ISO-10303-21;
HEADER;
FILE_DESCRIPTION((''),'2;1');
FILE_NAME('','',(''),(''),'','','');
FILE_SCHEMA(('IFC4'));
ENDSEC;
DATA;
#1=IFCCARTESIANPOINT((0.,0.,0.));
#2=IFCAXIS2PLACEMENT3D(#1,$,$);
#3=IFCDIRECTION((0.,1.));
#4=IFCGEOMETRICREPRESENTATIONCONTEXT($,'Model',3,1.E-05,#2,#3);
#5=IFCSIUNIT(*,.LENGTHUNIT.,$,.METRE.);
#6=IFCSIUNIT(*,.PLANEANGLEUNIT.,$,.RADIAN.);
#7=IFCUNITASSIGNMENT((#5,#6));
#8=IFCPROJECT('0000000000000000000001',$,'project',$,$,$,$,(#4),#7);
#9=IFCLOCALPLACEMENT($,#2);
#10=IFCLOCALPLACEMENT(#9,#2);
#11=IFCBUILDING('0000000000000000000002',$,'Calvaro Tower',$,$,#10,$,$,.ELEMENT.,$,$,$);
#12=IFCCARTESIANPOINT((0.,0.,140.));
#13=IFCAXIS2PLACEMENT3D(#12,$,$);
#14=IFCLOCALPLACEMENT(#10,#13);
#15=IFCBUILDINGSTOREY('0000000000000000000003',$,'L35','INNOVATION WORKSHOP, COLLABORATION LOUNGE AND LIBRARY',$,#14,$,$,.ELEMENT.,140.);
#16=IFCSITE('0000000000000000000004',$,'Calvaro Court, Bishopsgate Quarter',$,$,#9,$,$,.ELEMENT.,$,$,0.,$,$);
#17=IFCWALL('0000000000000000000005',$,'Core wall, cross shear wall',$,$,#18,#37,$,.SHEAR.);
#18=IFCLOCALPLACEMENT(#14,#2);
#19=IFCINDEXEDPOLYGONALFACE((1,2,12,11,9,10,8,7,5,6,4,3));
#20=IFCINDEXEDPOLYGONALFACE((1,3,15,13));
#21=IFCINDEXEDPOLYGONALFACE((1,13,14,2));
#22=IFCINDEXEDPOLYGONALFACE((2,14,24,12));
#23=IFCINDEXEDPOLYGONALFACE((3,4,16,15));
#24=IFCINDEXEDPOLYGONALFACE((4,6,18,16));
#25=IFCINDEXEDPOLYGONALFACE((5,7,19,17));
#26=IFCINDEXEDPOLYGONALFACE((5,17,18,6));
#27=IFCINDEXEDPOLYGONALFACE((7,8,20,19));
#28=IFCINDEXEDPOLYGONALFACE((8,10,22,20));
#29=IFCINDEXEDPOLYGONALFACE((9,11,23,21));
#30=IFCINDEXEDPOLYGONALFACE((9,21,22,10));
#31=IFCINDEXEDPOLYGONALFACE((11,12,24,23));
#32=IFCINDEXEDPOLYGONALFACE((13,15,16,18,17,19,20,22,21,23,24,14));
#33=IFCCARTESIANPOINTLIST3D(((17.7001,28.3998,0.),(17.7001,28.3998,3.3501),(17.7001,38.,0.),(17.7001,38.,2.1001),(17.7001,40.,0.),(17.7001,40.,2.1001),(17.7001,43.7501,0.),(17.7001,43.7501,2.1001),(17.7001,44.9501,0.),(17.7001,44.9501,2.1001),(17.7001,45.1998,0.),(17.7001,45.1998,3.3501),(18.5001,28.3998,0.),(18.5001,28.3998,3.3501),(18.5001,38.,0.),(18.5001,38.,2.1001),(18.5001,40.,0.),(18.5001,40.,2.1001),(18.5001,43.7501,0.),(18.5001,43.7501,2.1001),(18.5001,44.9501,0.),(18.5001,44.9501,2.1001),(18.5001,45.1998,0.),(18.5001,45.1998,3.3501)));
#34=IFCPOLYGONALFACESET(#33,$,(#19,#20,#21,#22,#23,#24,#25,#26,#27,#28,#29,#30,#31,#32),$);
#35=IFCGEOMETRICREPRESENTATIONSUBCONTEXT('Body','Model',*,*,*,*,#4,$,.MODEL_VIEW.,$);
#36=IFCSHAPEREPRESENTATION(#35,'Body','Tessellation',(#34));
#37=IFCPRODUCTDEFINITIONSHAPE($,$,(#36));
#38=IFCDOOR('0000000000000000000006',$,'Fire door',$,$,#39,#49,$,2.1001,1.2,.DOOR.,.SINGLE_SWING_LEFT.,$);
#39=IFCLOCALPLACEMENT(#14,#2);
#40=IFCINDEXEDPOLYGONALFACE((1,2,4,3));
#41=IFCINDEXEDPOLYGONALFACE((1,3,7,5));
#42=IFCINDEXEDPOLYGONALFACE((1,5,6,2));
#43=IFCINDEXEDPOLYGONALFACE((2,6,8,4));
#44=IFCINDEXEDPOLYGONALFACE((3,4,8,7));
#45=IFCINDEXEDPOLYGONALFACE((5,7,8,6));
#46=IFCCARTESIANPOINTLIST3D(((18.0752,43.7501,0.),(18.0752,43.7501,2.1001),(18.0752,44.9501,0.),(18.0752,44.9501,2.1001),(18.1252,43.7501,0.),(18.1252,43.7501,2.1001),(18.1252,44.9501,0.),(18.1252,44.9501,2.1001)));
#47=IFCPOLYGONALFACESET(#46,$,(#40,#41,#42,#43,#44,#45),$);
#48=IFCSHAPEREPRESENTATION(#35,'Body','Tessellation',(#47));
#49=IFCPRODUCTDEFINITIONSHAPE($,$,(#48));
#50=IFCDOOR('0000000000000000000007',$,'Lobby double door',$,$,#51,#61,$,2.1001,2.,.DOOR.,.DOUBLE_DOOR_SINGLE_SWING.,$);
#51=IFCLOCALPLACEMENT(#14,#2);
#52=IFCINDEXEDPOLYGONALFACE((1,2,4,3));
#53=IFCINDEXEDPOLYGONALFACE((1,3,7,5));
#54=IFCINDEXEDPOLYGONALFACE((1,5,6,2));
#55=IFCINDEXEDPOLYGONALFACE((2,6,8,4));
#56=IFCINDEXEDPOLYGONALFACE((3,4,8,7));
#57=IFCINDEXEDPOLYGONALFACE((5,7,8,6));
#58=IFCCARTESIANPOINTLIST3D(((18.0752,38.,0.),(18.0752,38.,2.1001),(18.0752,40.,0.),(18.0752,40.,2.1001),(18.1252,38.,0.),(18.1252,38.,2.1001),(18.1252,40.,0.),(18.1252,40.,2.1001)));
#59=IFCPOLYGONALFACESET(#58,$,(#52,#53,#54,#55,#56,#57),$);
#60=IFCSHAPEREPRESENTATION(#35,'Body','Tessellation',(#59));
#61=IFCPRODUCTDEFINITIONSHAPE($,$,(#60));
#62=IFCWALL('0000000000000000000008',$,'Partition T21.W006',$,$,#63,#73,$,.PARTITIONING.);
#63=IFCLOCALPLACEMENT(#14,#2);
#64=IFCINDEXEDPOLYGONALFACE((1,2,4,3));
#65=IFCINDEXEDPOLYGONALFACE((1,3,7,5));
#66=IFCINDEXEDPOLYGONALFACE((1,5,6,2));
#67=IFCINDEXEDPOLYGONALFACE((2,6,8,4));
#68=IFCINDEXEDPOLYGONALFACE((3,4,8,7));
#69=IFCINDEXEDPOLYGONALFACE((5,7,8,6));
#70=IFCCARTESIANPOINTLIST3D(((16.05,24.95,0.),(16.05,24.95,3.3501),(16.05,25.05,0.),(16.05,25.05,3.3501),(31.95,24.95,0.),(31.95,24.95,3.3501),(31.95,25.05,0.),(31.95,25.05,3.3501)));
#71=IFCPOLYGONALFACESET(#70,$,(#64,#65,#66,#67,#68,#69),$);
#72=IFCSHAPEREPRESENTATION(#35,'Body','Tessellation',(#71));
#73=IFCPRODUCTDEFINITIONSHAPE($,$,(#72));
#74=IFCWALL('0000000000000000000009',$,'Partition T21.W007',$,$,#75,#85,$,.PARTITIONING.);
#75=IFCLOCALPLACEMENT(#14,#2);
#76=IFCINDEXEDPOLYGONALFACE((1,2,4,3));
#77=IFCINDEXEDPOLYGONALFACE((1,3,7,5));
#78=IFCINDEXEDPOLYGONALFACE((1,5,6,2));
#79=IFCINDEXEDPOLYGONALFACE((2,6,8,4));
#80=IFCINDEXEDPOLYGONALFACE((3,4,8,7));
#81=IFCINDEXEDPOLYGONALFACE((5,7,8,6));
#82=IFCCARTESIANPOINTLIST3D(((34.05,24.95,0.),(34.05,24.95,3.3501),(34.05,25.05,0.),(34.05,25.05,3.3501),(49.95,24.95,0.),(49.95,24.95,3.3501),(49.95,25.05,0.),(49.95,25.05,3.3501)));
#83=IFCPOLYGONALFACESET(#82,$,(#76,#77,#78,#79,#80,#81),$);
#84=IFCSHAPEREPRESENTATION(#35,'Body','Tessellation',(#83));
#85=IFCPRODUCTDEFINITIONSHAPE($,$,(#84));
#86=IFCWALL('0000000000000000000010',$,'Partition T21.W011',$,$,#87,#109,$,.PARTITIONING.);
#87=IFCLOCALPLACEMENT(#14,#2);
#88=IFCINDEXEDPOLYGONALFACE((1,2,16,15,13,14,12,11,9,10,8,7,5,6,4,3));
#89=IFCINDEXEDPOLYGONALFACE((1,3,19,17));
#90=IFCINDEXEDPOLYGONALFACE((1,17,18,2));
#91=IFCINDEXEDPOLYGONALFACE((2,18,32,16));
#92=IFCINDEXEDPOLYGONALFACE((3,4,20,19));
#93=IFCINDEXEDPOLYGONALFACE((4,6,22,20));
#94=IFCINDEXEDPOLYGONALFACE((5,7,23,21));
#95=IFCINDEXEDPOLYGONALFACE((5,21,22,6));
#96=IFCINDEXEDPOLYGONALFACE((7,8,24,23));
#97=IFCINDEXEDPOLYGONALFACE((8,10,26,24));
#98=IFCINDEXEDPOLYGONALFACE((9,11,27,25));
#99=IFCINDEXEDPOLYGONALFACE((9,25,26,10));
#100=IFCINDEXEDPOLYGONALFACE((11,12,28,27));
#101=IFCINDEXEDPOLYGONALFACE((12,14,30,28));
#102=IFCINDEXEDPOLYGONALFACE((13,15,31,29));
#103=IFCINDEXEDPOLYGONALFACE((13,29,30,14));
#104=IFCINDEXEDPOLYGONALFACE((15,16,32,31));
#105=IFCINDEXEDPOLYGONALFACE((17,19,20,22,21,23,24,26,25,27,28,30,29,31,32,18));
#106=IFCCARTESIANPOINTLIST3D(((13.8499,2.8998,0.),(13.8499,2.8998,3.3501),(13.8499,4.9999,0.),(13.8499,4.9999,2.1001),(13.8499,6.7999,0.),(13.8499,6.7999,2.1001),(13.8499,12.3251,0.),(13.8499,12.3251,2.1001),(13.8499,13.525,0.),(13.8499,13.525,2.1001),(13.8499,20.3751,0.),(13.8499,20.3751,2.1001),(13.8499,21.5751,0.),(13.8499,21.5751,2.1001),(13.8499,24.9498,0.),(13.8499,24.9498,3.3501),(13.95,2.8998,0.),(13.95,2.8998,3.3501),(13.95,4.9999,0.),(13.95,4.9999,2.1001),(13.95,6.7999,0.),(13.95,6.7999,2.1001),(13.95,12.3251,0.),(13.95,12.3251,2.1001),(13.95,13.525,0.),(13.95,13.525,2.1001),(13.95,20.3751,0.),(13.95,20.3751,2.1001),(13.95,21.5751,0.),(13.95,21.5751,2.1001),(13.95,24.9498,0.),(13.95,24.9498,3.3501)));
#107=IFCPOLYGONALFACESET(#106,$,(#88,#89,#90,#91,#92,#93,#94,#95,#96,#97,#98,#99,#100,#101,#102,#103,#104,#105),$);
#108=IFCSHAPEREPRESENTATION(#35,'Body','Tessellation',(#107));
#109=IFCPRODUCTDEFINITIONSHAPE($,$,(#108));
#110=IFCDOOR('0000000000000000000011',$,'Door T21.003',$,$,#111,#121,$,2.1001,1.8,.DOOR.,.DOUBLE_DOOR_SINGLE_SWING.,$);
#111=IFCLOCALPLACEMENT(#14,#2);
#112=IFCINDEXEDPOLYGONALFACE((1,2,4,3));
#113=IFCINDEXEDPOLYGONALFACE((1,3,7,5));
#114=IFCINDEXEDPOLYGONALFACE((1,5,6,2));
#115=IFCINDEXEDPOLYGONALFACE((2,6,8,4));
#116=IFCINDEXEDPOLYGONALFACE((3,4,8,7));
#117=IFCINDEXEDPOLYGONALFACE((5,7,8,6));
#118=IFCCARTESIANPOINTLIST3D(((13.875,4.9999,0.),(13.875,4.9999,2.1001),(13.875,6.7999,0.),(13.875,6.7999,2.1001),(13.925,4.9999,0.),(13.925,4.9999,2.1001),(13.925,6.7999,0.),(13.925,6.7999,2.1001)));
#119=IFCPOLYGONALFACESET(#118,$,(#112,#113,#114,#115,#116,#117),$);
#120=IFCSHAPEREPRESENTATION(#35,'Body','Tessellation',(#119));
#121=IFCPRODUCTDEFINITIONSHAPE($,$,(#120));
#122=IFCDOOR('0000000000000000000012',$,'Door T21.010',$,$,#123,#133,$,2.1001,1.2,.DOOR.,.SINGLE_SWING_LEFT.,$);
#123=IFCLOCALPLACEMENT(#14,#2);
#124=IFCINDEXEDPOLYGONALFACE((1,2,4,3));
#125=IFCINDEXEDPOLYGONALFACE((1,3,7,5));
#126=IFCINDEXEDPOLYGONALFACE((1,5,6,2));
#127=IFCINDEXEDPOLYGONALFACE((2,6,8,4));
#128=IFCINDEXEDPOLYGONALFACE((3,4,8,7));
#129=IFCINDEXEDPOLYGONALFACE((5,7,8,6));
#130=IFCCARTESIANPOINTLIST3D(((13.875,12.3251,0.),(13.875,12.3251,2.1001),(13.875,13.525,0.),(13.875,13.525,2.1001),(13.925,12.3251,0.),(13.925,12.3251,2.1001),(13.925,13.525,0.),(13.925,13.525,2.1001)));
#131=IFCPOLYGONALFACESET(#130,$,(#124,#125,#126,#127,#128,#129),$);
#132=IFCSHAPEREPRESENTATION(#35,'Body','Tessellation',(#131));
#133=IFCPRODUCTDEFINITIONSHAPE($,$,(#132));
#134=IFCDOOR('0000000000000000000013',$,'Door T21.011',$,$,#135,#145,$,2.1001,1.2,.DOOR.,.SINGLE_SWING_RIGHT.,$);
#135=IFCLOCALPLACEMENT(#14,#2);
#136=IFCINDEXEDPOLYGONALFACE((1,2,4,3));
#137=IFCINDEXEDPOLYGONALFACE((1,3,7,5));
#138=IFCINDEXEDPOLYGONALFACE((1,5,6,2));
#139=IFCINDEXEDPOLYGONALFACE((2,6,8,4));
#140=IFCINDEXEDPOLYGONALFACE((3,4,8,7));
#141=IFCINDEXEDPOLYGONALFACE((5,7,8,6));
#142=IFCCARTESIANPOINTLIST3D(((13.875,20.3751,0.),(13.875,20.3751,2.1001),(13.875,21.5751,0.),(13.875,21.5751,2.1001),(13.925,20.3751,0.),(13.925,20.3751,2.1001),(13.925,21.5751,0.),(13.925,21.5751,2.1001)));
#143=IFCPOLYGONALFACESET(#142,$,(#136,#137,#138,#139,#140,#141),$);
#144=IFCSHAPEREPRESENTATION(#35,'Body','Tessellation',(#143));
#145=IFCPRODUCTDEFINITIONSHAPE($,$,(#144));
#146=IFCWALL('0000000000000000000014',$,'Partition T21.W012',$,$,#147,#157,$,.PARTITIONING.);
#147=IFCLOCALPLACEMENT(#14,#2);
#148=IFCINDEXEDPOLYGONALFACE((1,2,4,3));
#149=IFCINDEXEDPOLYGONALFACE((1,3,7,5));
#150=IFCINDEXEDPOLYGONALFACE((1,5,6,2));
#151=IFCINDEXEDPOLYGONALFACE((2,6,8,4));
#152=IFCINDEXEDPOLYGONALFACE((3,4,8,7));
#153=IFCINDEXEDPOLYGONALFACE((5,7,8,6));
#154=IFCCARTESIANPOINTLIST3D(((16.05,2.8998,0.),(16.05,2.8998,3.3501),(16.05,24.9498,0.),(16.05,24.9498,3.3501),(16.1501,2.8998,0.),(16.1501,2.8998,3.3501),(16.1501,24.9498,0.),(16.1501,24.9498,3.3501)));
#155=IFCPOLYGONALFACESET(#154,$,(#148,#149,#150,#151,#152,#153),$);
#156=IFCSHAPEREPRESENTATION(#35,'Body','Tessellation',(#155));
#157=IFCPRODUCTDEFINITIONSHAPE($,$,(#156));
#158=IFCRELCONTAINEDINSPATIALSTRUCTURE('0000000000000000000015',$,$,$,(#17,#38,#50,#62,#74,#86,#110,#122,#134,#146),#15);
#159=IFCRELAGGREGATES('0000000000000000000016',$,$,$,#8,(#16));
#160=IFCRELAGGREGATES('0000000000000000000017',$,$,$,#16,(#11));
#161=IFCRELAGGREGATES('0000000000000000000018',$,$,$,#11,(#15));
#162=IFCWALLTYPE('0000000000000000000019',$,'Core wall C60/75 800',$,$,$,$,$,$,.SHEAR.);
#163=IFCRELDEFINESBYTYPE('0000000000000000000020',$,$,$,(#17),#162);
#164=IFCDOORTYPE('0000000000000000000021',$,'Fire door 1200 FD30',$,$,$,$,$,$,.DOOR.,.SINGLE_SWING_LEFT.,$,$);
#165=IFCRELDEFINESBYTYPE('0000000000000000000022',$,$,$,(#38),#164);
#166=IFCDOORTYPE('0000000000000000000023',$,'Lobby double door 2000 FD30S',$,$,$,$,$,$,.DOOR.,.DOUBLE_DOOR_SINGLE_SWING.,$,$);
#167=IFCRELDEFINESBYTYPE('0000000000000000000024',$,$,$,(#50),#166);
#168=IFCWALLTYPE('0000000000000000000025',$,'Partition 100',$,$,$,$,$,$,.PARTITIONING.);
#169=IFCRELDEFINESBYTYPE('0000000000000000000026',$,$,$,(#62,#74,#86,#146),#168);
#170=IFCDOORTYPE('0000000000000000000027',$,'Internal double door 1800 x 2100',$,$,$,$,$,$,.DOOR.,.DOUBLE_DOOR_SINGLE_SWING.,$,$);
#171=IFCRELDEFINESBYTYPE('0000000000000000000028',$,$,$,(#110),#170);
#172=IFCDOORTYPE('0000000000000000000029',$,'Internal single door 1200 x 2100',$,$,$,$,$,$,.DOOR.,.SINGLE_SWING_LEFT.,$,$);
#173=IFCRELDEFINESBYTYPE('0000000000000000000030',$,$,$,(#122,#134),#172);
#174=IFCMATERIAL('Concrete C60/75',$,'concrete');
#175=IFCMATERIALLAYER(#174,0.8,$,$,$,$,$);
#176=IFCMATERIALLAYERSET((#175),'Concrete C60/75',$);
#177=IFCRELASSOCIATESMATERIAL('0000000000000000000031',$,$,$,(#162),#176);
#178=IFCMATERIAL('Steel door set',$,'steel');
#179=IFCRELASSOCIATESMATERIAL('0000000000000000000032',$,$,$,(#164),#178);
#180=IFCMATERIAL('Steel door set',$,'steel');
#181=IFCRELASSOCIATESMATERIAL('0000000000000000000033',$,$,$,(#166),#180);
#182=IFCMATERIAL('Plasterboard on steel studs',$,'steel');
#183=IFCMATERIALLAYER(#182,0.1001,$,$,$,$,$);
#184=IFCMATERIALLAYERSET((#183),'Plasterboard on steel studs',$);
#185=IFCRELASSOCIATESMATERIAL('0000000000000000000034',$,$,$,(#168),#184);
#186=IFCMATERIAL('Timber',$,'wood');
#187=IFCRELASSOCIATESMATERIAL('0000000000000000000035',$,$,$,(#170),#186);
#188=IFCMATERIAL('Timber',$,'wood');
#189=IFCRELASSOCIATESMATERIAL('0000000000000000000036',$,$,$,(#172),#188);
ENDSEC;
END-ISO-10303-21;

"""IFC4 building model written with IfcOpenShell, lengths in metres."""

from ifc_helpers import new_model, si_unit, direction, frame, frame_2d, origin, place, context, subcontext, project, spatial, rectangle, extrude, material, layer, layer_set, type_object, element, fill, save


model = new_model("IFC4")

# Units and contexts
model_context = context("Model", 3, precision=1e-05, world=origin(), true_north=direction((0.0, 1.0)))
body_context = subcontext(model_context, "Body", "Model", "MODEL_VIEW")
ifc_project = project(units=[si_unit("LENGTHUNIT", "METRE"), si_unit("PLANEANGLEUNIT", "RADIAN")], contexts=[model_context])

# Site, building, storey
site_placement = place(None, origin())
site = spatial("IfcSite", under=ifc_project, at=site_placement, Name="Calvaro Court, Bishopsgate Quarter", CompositionType="ELEMENT", RefElevation=0.0)
building_placement = place(site_placement, origin())
building = spatial("IfcBuilding", under=site, at=building_placement, Name="Calvaro Tower", CompositionType="ELEMENT")
storey_placement = place(building_placement, frame((0.0, 0.0, 140.0)))
storey = spatial("IfcBuildingStorey", under=building, at=storey_placement, Name="L35", Description="INNOVATION WORKSHOP, COLLABORATION LOUNGE AND LIBRARY", CompositionType="ELEMENT", Elevation=140.0)

# Wall, openings, doors
ifc_material_1 = material(Name="Concrete C60/75", Category="concrete")
ifc_layer_1 = layer(ifc_material_1, 0.8)
ifc_layer_set_1 = layer_set([ifc_layer_1], Name="Concrete C60/75")
wall_type_1 = type_object("IfcWallType", Name="Core wall C60/75 800", PredefinedType="SHEAR", material=ifc_layer_set_1)
wall_1_placement = place(storey_placement, frame((18.1001, 28.3999, 0.0), z_axis=(0.0, 0.0, 1.0), x_axis=(0.0, 1.0, 0.0)))
wall_1 = element("IfcWall", 1, at=wall_1_placement, inside=storey, type_object=wall_type_1, Name="Core wall, cross shear wall", PredefinedType="SHEAR", context=body_context, shape_type="SweptSolid", body=[
    extrude(rectangle(XDim=16.8, YDim=0.8, at=frame_2d((8.3999, 0.0))), origin(), (0.0, 0.0, 1.0), 3.3501),
])
opening_1_placement = place(wall_1_placement, frame((9.6001, 0.0, 0.0)))
opening_1 = element("IfcOpeningElement", 2, at=opening_1_placement, cuts=wall_1, PredefinedType="OPENING", context=body_context, shape_type="SweptSolid", body=[
    extrude(rectangle(XDim=2.0, YDim=2.1001, at=frame_2d((1.0, 1.05))), frame((0.0, 0.4099, 0.0), z_axis=(0.0, -1.0, 0.0), x_axis=(1.0, 0.0, 0.0)), (0.0, 0.0, 1.0), 0.8201),
])
opening_2_placement = place(wall_1_placement, frame((15.3501, 0.0, 0.0)))
opening_2 = element("IfcOpeningElement", 3, at=opening_2_placement, cuts=wall_1, PredefinedType="OPENING", context=body_context, shape_type="SweptSolid", body=[
    extrude(rectangle(XDim=1.2, YDim=2.1001, at=frame_2d((0.6001, 1.05))), frame((0.0, 0.4099, 0.0), z_axis=(0.0, -1.0, 0.0), x_axis=(1.0, 0.0, 0.0)), (0.0, 0.0, 1.0), 0.8201),
])
ifc_material_2 = material(Name="Steel door set", Category="steel")
door_type_1 = type_object("IfcDoorType", Name="Fire door 1200 FD30", OperationType="SINGLE_SWING_LEFT", PredefinedType="DOOR", material=ifc_material_2)
door_1_placement = place(opening_2_placement, origin())
door_1 = element("IfcDoor", 4, at=door_1_placement, inside=storey, type_object=door_type_1, Name="Fire door", OperationType="SINGLE_SWING_LEFT", OverallHeight=2.1001, OverallWidth=1.2, PredefinedType="DOOR", context=body_context, shape_type="SweptSolid", body=[
    extrude(rectangle(XDim=1.2, YDim=2.1001, at=frame_2d((0.6001, 1.05))), frame((0.0, 0.0249, 0.0), z_axis=(0.0, -1.0, 0.0), x_axis=(1.0, 0.0, 0.0)), (0.0, 0.0, 1.0), 0.05),
])
fill(opening_2, door_1)
ifc_material_3 = material(Name="Steel door set", Category="steel")
door_type_2 = type_object("IfcDoorType", Name="Lobby double door 2000 FD30S", OperationType="DOUBLE_DOOR_SINGLE_SWING", PredefinedType="DOOR", material=ifc_material_3)
door_2_placement = place(opening_1_placement, origin())
door_2 = element("IfcDoor", 5, at=door_2_placement, inside=storey, type_object=door_type_2, Name="Lobby double door", OperationType="DOUBLE_DOOR_SINGLE_SWING", OverallHeight=2.1001, OverallWidth=2.0, PredefinedType="DOOR", context=body_context, shape_type="SweptSolid", body=[
    extrude(rectangle(XDim=2.0, YDim=2.1001, at=frame_2d((1.0, 1.05))), frame((0.0, 0.0249, 0.0), z_axis=(0.0, -1.0, 0.0), x_axis=(1.0, 0.0, 0.0)), (0.0, 0.0, 1.0), 0.05),
])
fill(opening_1, door_2)

# Walls
ifc_material_4 = material(Name="Plasterboard on steel studs", Category="steel")
ifc_layer_2 = layer(ifc_material_4, 0.1001)
ifc_layer_set_2 = layer_set([ifc_layer_2], Name="Plasterboard on steel studs")
wall_type_2 = type_object("IfcWallType", Name="Partition 100", PredefinedType="PARTITIONING", material=ifc_layer_set_2)
for number, where, z_axis, x_axis, name in (
    (6, (16.05, 25.0, 0.0), (0.0, 0.0, 1.0), (1.0, 0.0, 0.0), "Partition T21.W006"),
    (7, (34.05, 25.0, 0.0), (0.0, 0.0, 1.0), (1.0, 0.0, 0.0), "Partition T21.W007"),
):
    element("IfcWall", number, at=place(storey_placement, frame(where, z_axis=z_axis, x_axis=x_axis)), inside=storey, type_object=wall_type_2, Name=name, PredefinedType="PARTITIONING", context=body_context, shape_type="SweptSolid", body=[
        extrude(rectangle(XDim=15.8999, YDim=0.1001, at=frame_2d((7.95, 0.0))), origin(), (0.0, 0.0, 1.0), 3.3501),
    ])

# Wall, openings, doors
wall_2_placement = place(storey_placement, frame((13.8999, 2.8999, 0.0), z_axis=(0.0, 0.0, 1.0), x_axis=(0.0, 1.0, 0.0)))
wall_2 = element("IfcWall", 8, at=wall_2_placement, inside=storey, type_object=wall_type_2, Name="Partition T21.W011", PredefinedType="PARTITIONING", context=body_context, shape_type="SweptSolid", body=[
    extrude(rectangle(XDim=22.05, YDim=0.1001, at=frame_2d((11.0249, 0.0))), origin(), (0.0, 0.0, 1.0), 3.3501),
])
opening_3_placement = place(wall_2_placement, frame((2.1001, 0.0, 0.0)))
opening_3 = element("IfcOpeningElement", 9, at=opening_3_placement, cuts=wall_2, PredefinedType="OPENING", context=body_context, shape_type="SweptSolid", body=[
    extrude(rectangle(XDim=1.8, YDim=2.1001, at=frame_2d((0.8999, 1.05))), frame((0.0, 0.0601, 0.0), z_axis=(0.0, -1.0, 0.0), x_axis=(1.0, 0.0, 0.0)), (0.0, 0.0, 1.0), 0.1201),
])
opening_4_placement = place(wall_2_placement, frame((9.425, 0.0, 0.0)))
opening_4 = element("IfcOpeningElement", 10, at=opening_4_placement, cuts=wall_2, PredefinedType="OPENING", context=body_context, shape_type="SweptSolid", body=[
    extrude(rectangle(XDim=1.2, YDim=2.1001, at=frame_2d((0.6001, 1.05))), frame((0.0, 0.0601, 0.0), z_axis=(0.0, -1.0, 0.0), x_axis=(1.0, 0.0, 0.0)), (0.0, 0.0, 1.0), 0.1201),
])
opening_5_placement = place(wall_2_placement, frame((17.4751, 0.0, 0.0)))
opening_5 = element("IfcOpeningElement", 11, at=opening_5_placement, cuts=wall_2, PredefinedType="OPENING", context=body_context, shape_type="SweptSolid", body=[
    extrude(rectangle(XDim=1.2, YDim=2.1001, at=frame_2d((0.6001, 1.05))), frame((0.0, 0.0601, 0.0), z_axis=(0.0, -1.0, 0.0), x_axis=(1.0, 0.0, 0.0)), (0.0, 0.0, 1.0), 0.1201),
])
ifc_material_5 = material(Name="Timber", Category="wood")
door_type_3 = type_object("IfcDoorType", Name="Internal double door 1800 x 2100", OperationType="DOUBLE_DOOR_SINGLE_SWING", PredefinedType="DOOR", material=ifc_material_5)
door_3_placement = place(opening_3_placement, origin())
door_3 = element("IfcDoor", 12, at=door_3_placement, inside=storey, type_object=door_type_3, Name="Door T21.003", OperationType="DOUBLE_DOOR_SINGLE_SWING", OverallHeight=2.1001, OverallWidth=1.8, PredefinedType="DOOR", context=body_context, shape_type="SweptSolid", body=[
    extrude(rectangle(XDim=1.8, YDim=2.1001, at=frame_2d((0.8999, 1.05))), frame((0.0, 0.0249, 0.0), z_axis=(0.0, -1.0, 0.0), x_axis=(1.0, 0.0, 0.0)), (0.0, 0.0, 1.0), 0.05),
])
fill(opening_3, door_3)
ifc_material_6 = material(Name="Timber", Category="wood")
door_type_4 = type_object("IfcDoorType", Name="Internal single door 1200 x 2100", OperationType="SINGLE_SWING_LEFT", PredefinedType="DOOR", material=ifc_material_6)
door_4_placement = place(opening_4_placement, origin())
door_4 = element("IfcDoor", 13, at=door_4_placement, inside=storey, type_object=door_type_4, Name="Door T21.010", OperationType="SINGLE_SWING_LEFT", OverallHeight=2.1001, OverallWidth=1.2, PredefinedType="DOOR", context=body_context, shape_type="SweptSolid", body=[
    extrude(rectangle(XDim=1.2, YDim=2.1001, at=frame_2d((0.6001, 1.05))), frame((0.0, 0.0249, 0.0), z_axis=(0.0, -1.0, 0.0), x_axis=(1.0, 0.0, 0.0)), (0.0, 0.0, 1.0), 0.05),
])
fill(opening_4, door_4)
door_5_placement = place(opening_5_placement, origin())
door_5 = element("IfcDoor", 14, at=door_5_placement, inside=storey, type_object=door_type_4, Name="Door T21.011", OperationType="SINGLE_SWING_RIGHT", OverallHeight=2.1001, OverallWidth=1.2, PredefinedType="DOOR", context=body_context, shape_type="SweptSolid", body=[
    extrude(rectangle(XDim=1.2, YDim=2.1001, at=frame_2d((0.6001, 1.05))), frame((0.0, 0.0249, 0.0), z_axis=(0.0, -1.0, 0.0), x_axis=(1.0, 0.0, 0.0)), (0.0, 0.0, 1.0), 0.05),
])
fill(opening_5, door_5)

# Wall
wall_3_placement = place(storey_placement, frame((16.1001, 2.8999, 0.0), z_axis=(0.0, 0.0, 1.0), x_axis=(0.0, 1.0, 0.0)))
element("IfcWall", 15, at=wall_3_placement, inside=storey, type_object=wall_type_2, Name="Partition T21.W012", PredefinedType="PARTITIONING", context=body_context, shape_type="SweptSolid", body=[
    extrude(rectangle(XDim=22.05, YDim=0.1001, at=frame_2d((11.0249, 0.0))), origin(), (0.0, 0.0, 1.0), 3.3501),
])

save(model, "model.ifc")
